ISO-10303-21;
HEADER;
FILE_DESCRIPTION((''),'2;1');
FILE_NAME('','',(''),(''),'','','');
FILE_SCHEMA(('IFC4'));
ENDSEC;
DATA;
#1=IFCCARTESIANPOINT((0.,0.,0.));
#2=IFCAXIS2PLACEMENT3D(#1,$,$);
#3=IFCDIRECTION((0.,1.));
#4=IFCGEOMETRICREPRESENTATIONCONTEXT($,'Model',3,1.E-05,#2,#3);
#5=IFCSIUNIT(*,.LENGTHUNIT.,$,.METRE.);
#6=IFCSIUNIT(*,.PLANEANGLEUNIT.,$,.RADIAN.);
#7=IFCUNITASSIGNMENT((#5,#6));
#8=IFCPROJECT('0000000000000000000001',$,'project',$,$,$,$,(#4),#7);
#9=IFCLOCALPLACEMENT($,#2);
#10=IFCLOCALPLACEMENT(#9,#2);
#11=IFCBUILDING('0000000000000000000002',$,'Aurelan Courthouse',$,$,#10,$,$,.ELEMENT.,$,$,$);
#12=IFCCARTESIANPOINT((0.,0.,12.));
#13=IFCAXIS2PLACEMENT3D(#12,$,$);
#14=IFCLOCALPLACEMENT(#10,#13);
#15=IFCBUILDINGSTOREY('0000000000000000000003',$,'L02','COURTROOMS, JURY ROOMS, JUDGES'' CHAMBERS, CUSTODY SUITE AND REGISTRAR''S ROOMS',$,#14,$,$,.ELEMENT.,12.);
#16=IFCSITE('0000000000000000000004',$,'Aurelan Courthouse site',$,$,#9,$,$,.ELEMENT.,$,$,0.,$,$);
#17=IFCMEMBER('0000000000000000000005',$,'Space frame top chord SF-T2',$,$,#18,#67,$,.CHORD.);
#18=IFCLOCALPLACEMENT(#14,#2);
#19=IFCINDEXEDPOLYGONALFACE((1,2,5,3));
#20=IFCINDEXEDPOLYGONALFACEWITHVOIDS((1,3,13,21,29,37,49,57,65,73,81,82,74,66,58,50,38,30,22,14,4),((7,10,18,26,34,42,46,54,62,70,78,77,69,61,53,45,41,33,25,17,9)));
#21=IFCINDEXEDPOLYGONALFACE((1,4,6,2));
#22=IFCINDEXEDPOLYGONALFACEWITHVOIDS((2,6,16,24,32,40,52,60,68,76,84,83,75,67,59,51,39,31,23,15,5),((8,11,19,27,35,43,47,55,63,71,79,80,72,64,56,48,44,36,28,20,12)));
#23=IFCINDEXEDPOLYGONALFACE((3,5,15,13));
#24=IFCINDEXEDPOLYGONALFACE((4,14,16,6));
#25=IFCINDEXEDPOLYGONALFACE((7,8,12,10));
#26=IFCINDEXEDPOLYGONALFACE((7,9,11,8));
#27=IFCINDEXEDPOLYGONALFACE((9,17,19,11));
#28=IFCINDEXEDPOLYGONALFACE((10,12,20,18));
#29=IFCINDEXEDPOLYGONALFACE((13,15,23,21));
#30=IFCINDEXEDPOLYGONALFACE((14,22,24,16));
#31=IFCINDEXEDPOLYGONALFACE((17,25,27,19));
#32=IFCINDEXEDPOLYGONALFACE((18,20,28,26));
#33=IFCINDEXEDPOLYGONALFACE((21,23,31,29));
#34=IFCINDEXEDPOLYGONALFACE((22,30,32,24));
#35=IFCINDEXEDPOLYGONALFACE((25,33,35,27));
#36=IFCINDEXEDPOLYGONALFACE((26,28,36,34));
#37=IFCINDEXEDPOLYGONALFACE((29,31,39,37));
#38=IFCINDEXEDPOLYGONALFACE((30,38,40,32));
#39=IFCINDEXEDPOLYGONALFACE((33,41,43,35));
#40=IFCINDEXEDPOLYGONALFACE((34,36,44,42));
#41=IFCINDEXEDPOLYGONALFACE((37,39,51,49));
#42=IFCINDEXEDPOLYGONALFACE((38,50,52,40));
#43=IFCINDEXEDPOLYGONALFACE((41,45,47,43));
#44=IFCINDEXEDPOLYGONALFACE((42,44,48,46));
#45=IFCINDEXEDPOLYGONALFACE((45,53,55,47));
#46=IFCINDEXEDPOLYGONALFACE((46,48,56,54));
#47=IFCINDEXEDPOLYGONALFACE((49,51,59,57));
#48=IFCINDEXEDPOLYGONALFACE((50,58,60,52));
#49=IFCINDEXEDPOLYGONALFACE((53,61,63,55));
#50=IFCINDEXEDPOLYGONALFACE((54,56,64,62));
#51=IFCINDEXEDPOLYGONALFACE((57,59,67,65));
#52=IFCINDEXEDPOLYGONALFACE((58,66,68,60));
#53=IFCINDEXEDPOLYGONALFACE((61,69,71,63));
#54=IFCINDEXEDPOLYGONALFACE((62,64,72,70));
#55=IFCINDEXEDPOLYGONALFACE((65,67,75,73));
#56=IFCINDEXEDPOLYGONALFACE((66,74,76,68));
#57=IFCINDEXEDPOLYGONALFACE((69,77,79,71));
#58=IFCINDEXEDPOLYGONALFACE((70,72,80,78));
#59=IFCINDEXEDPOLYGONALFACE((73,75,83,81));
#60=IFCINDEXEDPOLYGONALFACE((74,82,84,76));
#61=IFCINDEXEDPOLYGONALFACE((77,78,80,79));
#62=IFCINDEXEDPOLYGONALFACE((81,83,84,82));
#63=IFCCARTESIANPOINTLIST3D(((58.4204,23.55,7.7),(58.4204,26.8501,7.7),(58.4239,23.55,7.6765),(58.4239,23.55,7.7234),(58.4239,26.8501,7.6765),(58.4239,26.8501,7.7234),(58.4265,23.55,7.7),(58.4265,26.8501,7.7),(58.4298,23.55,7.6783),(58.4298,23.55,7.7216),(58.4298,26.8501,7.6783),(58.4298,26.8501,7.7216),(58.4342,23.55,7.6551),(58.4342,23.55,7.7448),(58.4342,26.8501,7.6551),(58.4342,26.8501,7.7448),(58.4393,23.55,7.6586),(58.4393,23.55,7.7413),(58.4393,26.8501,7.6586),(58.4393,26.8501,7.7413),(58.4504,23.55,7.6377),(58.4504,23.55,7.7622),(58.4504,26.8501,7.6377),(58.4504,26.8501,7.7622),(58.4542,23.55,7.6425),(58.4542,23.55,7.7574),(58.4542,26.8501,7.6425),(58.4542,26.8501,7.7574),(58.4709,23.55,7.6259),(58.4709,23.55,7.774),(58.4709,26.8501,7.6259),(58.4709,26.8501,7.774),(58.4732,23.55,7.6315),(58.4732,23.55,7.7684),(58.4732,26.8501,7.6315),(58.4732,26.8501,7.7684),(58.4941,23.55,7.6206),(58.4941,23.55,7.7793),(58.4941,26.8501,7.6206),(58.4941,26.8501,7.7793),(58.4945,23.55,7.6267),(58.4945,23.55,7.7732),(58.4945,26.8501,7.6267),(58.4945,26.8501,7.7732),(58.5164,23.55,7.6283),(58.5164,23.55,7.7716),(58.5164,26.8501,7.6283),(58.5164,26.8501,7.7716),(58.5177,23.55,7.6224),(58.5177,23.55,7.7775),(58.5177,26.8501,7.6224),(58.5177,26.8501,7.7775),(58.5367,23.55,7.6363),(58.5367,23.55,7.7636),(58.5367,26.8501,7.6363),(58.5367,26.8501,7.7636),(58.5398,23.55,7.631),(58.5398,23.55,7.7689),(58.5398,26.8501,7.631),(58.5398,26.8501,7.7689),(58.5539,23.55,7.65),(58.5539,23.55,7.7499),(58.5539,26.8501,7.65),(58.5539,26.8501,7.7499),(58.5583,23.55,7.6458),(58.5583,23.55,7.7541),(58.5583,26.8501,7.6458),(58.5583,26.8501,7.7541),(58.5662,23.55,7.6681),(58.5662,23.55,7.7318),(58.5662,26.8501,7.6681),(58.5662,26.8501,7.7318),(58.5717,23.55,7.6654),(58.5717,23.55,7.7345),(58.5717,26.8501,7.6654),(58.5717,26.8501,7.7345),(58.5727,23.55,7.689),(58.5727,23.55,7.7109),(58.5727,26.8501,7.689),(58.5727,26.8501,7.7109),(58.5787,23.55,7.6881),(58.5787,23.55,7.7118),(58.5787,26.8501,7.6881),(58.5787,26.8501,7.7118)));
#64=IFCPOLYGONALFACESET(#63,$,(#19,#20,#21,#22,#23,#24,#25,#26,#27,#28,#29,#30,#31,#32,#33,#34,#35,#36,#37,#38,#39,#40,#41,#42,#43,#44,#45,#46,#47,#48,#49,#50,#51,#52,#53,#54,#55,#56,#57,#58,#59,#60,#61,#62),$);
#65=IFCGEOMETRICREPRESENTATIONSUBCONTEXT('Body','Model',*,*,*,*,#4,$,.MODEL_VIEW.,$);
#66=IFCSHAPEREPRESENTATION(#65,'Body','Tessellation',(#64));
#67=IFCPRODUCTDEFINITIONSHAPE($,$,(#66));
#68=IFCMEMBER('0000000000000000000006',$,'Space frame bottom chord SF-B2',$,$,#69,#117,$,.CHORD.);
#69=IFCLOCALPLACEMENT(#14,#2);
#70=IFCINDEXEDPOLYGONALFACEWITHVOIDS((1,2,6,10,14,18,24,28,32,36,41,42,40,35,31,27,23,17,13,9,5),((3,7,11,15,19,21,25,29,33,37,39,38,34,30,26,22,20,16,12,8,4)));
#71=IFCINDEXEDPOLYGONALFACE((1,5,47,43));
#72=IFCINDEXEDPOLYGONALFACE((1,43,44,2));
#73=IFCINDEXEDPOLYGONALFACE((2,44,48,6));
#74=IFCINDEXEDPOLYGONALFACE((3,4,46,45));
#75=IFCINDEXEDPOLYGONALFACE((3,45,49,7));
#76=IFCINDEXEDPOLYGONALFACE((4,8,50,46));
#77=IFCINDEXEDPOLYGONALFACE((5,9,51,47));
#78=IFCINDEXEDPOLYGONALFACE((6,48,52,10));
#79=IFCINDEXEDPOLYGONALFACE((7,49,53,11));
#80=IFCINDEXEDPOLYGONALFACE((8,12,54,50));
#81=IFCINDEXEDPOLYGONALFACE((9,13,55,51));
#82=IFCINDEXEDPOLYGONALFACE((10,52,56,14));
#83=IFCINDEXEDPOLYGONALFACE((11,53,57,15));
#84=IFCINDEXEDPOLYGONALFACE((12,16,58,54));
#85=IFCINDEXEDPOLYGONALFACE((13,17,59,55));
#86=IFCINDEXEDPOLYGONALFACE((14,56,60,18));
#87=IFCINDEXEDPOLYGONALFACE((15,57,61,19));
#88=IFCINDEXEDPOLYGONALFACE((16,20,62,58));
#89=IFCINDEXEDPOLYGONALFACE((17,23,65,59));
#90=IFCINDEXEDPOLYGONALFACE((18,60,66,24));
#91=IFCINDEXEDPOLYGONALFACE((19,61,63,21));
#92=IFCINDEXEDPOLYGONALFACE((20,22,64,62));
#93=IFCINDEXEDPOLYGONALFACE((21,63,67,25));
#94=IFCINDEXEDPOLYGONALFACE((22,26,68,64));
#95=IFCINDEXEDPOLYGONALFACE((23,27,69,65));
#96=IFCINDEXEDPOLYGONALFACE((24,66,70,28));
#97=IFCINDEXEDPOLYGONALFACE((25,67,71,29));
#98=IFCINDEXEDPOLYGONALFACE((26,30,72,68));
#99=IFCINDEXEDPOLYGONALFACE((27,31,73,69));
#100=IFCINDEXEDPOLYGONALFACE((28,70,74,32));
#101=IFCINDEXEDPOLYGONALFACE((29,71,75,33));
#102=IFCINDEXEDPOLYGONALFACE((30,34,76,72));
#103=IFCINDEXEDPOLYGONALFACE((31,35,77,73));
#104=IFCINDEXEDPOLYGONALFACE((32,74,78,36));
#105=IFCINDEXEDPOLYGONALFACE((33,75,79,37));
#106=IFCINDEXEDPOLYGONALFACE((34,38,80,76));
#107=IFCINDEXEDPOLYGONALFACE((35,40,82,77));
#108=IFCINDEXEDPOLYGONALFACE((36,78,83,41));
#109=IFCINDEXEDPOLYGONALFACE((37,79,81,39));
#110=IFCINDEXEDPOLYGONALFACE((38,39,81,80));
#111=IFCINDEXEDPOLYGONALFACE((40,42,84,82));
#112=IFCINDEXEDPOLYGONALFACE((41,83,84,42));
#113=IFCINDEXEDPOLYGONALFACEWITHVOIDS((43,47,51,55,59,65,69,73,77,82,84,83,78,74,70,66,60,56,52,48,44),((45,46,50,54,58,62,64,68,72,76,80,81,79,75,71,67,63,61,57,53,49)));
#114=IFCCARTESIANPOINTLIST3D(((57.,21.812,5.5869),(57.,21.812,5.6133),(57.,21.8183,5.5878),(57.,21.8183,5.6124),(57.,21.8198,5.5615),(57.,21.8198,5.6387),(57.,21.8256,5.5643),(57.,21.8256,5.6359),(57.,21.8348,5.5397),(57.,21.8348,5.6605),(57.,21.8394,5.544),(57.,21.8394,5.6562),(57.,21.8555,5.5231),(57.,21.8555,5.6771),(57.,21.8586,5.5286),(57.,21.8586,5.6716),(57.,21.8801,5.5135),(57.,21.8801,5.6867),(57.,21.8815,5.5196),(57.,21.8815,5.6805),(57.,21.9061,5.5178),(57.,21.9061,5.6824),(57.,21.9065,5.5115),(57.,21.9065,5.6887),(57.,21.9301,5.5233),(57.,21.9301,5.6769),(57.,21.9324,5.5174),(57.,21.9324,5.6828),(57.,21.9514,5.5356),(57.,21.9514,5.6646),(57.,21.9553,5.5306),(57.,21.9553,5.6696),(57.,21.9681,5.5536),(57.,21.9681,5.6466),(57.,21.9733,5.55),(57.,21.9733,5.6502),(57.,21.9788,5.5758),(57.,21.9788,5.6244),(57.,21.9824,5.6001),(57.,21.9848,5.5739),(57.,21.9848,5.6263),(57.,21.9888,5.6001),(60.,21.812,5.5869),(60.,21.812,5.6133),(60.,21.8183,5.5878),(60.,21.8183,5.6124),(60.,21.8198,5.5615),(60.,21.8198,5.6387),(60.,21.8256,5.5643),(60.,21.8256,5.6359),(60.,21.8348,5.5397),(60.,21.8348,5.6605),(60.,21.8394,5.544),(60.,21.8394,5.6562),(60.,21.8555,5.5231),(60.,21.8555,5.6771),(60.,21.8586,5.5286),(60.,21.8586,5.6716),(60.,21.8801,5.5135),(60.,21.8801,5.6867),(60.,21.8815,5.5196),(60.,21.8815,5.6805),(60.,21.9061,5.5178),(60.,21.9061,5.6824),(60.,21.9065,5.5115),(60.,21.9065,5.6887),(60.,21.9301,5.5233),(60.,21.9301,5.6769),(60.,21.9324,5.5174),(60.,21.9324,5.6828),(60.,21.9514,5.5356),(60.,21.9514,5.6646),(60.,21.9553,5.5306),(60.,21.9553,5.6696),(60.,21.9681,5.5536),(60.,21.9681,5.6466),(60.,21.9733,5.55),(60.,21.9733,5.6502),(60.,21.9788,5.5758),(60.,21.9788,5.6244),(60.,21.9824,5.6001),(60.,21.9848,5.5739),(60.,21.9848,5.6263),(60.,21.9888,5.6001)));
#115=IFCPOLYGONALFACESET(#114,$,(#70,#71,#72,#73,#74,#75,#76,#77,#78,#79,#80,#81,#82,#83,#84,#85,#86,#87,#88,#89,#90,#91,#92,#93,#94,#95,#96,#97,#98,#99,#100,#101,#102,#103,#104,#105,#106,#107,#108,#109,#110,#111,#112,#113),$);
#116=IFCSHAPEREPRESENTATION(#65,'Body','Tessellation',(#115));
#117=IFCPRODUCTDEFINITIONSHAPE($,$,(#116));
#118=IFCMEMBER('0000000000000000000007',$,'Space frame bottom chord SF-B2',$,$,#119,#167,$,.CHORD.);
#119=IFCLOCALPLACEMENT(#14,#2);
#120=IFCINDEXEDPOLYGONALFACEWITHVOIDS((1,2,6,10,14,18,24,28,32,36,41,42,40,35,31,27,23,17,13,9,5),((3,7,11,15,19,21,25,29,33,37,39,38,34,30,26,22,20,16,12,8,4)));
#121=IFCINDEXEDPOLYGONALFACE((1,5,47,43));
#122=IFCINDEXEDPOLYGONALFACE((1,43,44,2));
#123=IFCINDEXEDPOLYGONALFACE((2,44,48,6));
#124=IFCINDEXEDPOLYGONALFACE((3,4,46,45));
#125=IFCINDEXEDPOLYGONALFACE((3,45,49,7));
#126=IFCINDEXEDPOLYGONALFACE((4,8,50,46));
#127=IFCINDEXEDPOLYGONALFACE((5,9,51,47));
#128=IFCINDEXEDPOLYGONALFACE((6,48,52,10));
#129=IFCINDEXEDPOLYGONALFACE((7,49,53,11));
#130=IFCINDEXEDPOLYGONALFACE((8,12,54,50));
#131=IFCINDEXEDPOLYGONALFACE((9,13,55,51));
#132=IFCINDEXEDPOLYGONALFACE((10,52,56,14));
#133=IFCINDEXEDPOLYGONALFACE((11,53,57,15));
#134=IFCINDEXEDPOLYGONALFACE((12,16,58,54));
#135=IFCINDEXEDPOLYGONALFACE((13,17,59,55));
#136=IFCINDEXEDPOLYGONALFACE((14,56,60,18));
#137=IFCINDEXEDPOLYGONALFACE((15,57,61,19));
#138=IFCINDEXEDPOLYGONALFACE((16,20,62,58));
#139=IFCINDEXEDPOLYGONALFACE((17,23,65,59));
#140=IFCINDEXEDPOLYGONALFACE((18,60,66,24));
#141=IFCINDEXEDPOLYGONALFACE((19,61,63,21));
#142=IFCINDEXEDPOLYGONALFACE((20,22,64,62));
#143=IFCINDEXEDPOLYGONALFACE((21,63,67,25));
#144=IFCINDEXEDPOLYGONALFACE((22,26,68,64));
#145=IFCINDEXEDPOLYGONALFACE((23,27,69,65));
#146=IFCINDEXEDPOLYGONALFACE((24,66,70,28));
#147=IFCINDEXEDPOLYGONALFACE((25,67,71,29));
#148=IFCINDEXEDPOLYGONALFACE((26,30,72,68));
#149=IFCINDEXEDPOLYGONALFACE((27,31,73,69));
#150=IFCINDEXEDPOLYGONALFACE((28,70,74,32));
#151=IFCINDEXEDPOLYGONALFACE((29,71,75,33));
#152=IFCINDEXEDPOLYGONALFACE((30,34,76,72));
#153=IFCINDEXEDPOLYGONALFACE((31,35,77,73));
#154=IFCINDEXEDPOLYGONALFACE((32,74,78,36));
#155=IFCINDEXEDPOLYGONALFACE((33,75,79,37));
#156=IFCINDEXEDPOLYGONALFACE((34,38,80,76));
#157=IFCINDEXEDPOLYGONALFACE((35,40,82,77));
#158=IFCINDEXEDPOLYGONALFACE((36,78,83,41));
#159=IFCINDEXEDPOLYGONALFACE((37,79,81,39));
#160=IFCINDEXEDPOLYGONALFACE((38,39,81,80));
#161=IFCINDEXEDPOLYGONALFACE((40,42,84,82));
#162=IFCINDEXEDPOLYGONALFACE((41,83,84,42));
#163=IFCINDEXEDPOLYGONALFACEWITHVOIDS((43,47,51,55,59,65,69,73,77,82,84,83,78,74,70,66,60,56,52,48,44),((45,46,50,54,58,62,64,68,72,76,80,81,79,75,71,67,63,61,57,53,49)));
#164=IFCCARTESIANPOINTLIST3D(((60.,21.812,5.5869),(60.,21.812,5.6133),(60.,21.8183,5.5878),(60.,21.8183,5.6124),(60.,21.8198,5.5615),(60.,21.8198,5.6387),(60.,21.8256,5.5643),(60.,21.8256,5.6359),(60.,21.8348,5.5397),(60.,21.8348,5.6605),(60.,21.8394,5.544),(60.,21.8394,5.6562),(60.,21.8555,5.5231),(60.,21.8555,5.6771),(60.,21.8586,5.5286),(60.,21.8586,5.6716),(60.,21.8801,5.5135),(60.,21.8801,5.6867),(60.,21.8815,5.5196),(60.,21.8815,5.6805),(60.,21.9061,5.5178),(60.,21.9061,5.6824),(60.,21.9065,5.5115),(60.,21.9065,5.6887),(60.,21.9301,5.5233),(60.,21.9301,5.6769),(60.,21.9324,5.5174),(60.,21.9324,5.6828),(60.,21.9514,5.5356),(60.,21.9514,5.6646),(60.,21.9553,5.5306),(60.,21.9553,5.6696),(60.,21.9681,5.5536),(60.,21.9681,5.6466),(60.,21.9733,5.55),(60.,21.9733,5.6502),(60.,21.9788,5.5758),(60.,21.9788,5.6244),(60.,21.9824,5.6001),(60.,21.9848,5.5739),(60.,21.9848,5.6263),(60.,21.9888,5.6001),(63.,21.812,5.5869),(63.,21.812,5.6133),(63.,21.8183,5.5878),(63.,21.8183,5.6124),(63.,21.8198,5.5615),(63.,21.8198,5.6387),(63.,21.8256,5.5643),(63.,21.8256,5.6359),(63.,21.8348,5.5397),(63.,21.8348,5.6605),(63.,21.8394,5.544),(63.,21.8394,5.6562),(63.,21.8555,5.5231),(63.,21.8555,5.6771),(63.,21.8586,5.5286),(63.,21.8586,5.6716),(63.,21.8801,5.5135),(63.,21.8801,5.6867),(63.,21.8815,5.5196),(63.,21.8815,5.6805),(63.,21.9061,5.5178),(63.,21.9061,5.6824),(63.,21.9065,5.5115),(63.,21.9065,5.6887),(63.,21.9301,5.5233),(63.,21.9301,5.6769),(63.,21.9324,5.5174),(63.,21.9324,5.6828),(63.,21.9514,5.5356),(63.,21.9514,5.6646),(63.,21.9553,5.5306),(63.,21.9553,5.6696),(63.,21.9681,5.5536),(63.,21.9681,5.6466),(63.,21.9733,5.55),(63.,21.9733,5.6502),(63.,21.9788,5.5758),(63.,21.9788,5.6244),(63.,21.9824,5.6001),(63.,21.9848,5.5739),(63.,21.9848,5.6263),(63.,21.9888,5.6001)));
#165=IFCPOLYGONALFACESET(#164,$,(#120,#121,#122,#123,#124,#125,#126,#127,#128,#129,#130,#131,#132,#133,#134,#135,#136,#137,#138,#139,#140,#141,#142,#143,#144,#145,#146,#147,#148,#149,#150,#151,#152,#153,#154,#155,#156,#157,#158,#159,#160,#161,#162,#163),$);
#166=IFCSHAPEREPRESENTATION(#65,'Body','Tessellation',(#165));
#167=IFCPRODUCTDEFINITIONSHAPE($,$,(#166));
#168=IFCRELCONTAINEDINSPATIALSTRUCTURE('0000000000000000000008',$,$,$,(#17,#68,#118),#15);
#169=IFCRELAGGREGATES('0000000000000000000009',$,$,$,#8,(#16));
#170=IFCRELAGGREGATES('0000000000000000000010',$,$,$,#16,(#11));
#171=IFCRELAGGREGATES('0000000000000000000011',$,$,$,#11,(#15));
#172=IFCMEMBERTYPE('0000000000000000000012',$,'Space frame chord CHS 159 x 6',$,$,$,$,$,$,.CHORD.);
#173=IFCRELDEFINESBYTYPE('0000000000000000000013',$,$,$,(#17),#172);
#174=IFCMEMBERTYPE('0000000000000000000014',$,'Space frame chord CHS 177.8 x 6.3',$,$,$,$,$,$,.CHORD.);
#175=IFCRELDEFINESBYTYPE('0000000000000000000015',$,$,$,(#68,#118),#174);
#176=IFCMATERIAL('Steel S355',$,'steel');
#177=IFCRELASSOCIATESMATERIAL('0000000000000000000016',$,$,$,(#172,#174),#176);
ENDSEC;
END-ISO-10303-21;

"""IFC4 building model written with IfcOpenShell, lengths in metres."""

from ifc_helpers import new_model, si_unit, direction, frame, origin, origin_2d, place, context, subcontext, project, spatial, hollow_circle, extrude, material, material_profile, profile_set, type_object, element, save


model = new_model("IFC4")

# Units and contexts
model_context = context("Model", 3, precision=1e-05, world=origin(), true_north=direction((0.0, 1.0)))
body_context = subcontext(model_context, "Body", "Model", "MODEL_VIEW")
ifc_project = project(units=[si_unit("LENGTHUNIT", "METRE"), si_unit("PLANEANGLEUNIT", "RADIAN")], contexts=[model_context])

# Site, building, storey
site_placement = place(None, origin())
site = spatial("IfcSite", under=ifc_project, at=site_placement, Name="Aurelan Courthouse site", CompositionType="ELEMENT", RefElevation=0.0)
building_placement = place(site_placement, origin())
building = spatial("IfcBuilding", under=site, at=building_placement, Name="Aurelan Courthouse", CompositionType="ELEMENT")
storey_placement = place(building_placement, frame((0.0, 0.0, 12.0)))
storey = spatial("IfcBuildingStorey", under=building, at=storey_placement, Name="L02", Description="COURTROOMS, JURY ROOMS, JUDGES' CHAMBERS, CUSTODY SUITE AND REGISTRAR'S ROOMS", CompositionType="ELEMENT", Elevation=12.0)

# Members
ifc_material_1 = material(Name="Steel S355", Category="steel")
ifc_material_profile_1 = material_profile(ifc_material_1, hollow_circle(Radius=0.0796, WallThickness=0.0061, at=origin_2d()), Name="CHS 159 x 6")
ifc_profile_set_1 = profile_set([ifc_material_profile_1], Name="Steel S355")
member_type_1 = type_object("IfcMemberType", Name="Space frame chord CHS 159 x 6", PredefinedType="CHORD", material=ifc_profile_set_1)
for number, where, z_axis, x_axis, name in (
    (1, (58.5, 23.55, 7.7), (0.0, 1.0, 0.0), (-1.0, 0.0, 0.0), "Space frame top chord SF-T2"),
):
    element("IfcMember", number, at=place(storey_placement, frame(where, z_axis=z_axis, x_axis=x_axis)), inside=storey, type_object=member_type_1, Name=name, PredefinedType="CHORD", context=body_context, shape_type="SweptSolid", body=[
        extrude(hollow_circle(Radius=0.0796, WallThickness=0.0061, at=origin_2d()), origin(), (0.0, 0.0, 1.0), 3.3),
    ])
ifc_material_profile_2 = material_profile(ifc_material_1, hollow_circle(Radius=0.0889, WallThickness=0.0063, at=origin_2d()), Name="CHS 177.8 x 6.3")
ifc_profile_set_2 = profile_set([ifc_material_profile_2], Name="Steel S355")
member_type_2 = type_object("IfcMemberType", Name="Space frame chord CHS 177.8 x 6.3", PredefinedType="CHORD", material=ifc_profile_set_2)
for number, where, z_axis, x_axis, name in (
    (2, (57.0, 21.8999, 5.6001), (1.0, 0.0, 0.0), (0.0, 1.0, 0.0), "Space frame bottom chord SF-B2"),
    (3, (60.0, 21.8999, 5.6001), (1.0, 0.0, 0.0), (0.0, 1.0, 0.0), "Space frame bottom chord SF-B2"),
):
    element("IfcMember", number, at=place(storey_placement, frame(where, z_axis=z_axis, x_axis=x_axis)), inside=storey, type_object=member_type_2, Name=name, PredefinedType="CHORD", context=body_context, shape_type="SweptSolid", body=[
        extrude(hollow_circle(Radius=0.0889, WallThickness=0.0063, at=origin_2d()), origin(), (0.0, 0.0, 1.0), 3.0),
    ])

save(model, "model.ifc")
